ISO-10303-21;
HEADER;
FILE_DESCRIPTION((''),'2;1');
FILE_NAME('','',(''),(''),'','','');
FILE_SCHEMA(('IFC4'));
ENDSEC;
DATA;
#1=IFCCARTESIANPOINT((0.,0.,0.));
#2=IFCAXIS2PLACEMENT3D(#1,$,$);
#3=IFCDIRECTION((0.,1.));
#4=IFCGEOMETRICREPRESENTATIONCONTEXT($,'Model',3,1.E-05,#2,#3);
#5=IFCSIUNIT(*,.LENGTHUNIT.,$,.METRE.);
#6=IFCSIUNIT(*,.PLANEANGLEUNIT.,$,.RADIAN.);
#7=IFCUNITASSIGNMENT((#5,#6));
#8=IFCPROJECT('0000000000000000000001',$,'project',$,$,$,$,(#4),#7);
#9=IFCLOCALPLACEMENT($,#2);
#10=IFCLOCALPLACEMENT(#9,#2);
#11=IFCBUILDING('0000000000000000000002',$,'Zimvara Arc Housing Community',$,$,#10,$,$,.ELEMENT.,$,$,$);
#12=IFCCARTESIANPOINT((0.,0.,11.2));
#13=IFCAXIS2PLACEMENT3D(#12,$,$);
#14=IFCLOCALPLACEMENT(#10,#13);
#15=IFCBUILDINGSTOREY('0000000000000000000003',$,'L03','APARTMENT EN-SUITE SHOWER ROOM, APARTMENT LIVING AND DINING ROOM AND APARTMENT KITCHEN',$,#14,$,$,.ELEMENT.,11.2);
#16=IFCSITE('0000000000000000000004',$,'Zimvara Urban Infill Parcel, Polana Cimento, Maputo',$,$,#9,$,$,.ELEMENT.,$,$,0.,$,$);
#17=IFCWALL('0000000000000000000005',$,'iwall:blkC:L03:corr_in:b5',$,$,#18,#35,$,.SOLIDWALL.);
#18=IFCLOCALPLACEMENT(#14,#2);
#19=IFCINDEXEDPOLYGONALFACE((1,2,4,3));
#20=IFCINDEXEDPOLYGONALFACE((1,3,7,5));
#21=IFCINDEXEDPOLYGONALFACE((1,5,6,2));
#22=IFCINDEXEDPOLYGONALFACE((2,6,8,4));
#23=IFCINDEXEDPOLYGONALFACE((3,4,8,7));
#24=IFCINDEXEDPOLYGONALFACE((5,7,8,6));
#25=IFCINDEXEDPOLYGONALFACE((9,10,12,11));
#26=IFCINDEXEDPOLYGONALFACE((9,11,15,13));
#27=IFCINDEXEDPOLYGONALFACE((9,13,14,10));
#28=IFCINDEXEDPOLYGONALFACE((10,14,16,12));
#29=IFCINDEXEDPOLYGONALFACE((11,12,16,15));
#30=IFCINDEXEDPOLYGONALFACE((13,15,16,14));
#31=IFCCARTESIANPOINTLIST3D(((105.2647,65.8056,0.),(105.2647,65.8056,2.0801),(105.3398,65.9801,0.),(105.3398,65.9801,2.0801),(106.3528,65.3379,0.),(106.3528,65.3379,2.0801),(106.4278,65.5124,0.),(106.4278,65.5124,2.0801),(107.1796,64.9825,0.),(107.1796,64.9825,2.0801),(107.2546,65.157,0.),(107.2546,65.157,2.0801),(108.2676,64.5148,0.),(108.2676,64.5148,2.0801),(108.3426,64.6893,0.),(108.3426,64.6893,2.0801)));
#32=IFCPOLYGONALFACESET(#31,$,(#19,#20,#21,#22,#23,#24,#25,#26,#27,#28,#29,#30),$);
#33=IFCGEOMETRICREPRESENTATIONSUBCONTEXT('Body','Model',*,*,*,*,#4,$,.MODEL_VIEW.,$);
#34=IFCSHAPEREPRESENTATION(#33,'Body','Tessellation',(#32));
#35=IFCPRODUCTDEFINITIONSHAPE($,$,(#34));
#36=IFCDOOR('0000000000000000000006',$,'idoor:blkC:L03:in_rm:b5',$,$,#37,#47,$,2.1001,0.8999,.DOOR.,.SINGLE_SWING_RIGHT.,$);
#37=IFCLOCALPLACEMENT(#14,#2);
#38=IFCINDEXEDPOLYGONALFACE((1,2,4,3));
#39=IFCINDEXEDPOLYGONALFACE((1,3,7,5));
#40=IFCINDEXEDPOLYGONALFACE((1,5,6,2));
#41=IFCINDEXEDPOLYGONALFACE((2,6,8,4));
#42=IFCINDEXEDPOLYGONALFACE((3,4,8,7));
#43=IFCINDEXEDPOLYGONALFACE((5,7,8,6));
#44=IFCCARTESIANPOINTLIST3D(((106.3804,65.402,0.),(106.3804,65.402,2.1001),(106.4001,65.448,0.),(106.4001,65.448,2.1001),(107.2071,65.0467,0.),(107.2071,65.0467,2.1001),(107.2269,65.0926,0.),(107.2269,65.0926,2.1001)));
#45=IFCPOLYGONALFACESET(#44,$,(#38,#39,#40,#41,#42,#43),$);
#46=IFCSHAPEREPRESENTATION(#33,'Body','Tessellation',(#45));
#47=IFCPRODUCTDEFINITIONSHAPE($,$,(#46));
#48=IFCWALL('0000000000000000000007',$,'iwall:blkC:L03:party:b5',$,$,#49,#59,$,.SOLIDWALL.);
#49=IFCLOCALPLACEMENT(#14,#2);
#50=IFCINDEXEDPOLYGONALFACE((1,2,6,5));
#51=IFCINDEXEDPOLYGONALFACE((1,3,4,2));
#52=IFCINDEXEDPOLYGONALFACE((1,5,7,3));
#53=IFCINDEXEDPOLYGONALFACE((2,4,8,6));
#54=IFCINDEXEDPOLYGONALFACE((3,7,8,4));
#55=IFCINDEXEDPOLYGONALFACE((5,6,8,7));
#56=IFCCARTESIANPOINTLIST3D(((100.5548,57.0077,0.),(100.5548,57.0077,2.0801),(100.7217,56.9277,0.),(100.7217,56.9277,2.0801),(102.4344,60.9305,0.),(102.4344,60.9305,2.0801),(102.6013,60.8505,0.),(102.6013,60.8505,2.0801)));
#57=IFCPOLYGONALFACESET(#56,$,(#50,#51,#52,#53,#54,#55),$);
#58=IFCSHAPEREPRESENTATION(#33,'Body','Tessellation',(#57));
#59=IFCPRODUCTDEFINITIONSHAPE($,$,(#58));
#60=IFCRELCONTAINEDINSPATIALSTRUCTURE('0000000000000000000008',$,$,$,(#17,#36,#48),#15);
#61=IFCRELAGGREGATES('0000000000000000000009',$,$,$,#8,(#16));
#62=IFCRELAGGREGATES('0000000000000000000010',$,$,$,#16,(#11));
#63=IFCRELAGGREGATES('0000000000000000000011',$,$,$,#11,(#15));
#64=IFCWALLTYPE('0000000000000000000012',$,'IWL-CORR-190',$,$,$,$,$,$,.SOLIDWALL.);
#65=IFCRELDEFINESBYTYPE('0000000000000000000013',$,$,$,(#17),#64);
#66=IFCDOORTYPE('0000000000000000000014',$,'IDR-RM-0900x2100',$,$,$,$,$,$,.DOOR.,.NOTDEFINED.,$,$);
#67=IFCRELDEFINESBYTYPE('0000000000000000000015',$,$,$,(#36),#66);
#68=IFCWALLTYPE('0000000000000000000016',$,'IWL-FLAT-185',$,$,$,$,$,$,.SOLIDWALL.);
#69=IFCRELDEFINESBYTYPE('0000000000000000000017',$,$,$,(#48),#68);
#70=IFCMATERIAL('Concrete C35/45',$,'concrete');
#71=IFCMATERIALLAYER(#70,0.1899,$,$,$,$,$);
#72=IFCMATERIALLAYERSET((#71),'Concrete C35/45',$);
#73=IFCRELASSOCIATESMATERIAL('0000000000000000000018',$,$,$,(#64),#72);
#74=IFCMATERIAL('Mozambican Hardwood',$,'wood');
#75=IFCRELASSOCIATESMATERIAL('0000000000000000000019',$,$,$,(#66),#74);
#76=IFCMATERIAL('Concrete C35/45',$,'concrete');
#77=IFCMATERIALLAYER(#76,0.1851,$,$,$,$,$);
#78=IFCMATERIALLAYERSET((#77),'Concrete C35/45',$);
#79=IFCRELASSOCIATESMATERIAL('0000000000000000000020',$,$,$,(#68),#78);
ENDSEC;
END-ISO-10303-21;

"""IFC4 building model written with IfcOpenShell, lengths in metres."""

from ifc_helpers import new_model, si_unit, direction, frame, frame_2d, origin, place, context, subcontext, project, spatial, rectangle, extrude, material, layer, layer_set, type_object, element, fill, save


model = new_model("IFC4")

# Units and contexts
model_context = context("Model", 3, precision=1e-05, world=origin(), true_north=direction((0.0, 1.0)))
body_context = subcontext(model_context, "Body", "Model", "MODEL_VIEW")
ifc_project = project(units=[si_unit("LENGTHUNIT", "METRE"), si_unit("PLANEANGLEUNIT", "RADIAN")], contexts=[model_context])

# Site, building, storey
site_placement = place(None, origin())
site = spatial("IfcSite", under=ifc_project, at=site_placement, Name="Zimvara Urban Infill Parcel, Polana Cimento, Maputo", CompositionType="ELEMENT", RefElevation=0.0)
building_placement = place(site_placement, origin())
building = spatial("IfcBuilding", under=site, at=building_placement, Name="Zimvara Arc Housing Community", CompositionType="ELEMENT")
storey_placement = place(building_placement, frame((0.0, 0.0, 11.2)))
storey = spatial("IfcBuildingStorey", under=building, at=storey_placement, Name="L03", Description="APARTMENT EN-SUITE SHOWER ROOM, APARTMENT LIVING AND DINING ROOM AND APARTMENT KITCHEN", CompositionType="ELEMENT", Elevation=11.2)

# Shared definitions
ifc_material_1 = material(Name="Concrete C35/45", Category="concrete")
ifc_layer_1 = layer(ifc_material_1, 0.1899)
ifc_layer_set_1 = layer_set([ifc_layer_1], Name="Concrete C35/45")
wall_type_1 = type_object("IfcWallType", Name="IWL-CORR-190", PredefinedType="SOLIDWALL", material=ifc_layer_set_1)

# Wall, opening, door
wall_1_placement = place(storey_placement, frame((105.3022, 65.8928, 0.0), z_axis=(0.0, 0.0, 1.0), x_axis=(0.918723, -0.394902, 0.0)))
wall_1 = element("IfcWall", 1, at=wall_1_placement, inside=storey, type_object=wall_type_1, Name="iwall:blkC:L03:corr_in:b5", PredefinedType="SOLIDWALL", context=body_context, shape_type="SweptSolid", body=[
    extrude(rectangle(XDim=3.2686, YDim=0.1899, at=frame_2d((1.6343, 0.0))), origin(), (0.0, 0.0, 1.0), 2.0801),
])
opening_1_placement = place(wall_1_placement, frame((1.1843, 0.0, 0.0)))
opening_1 = element("IfcOpeningElement", 2, at=opening_1_placement, cuts=wall_1, PredefinedType="OPENING", context=body_context, shape_type="SweptSolid", body=[
    extrude(rectangle(XDim=0.8999, YDim=2.1001, at=frame_2d((0.45, 1.05))), frame((0.0, 0.105, 0.0), z_axis=(0.0, -1.0, 0.0), x_axis=(1.0, 0.0, 0.0)), (0.0, 0.0, 1.0), 0.21),
])
ifc_material_2 = material(Name="Mozambican Hardwood", Category="wood")
door_type_1 = type_object("IfcDoorType", Name="IDR-RM-0900x2100", OperationType="NOTDEFINED", PredefinedType="DOOR", material=ifc_material_2)
door_1_placement = place(opening_1_placement, origin())
door_1 = element("IfcDoor", 3, at=door_1_placement, inside=storey, type_object=door_type_1, Name="idoor:blkC:L03:in_rm:b5", OperationType="SINGLE_SWING_RIGHT", OverallHeight=2.1001, OverallWidth=0.8999, PredefinedType="DOOR", context=body_context, shape_type="SweptSolid", body=[
    extrude(rectangle(XDim=0.8999, YDim=2.1001, at=frame_2d((0.45, 1.05))), frame((0.0, 0.0249, 0.0), z_axis=(0.0, -1.0, 0.0), x_axis=(1.0, 0.0, 0.0)), (0.0, 0.0, 1.0), 0.05),
])
fill(opening_1, door_1)

# Wall
ifc_material_3 = material(Name="Concrete C35/45", Category="concrete")
ifc_layer_2 = layer(ifc_material_3, 0.1851)
ifc_layer_set_2 = layer_set([ifc_layer_2], Name="Concrete C35/45")
wall_type_2 = type_object("IfcWallType", Name="IWL-FLAT-185", PredefinedType="SOLIDWALL", material=ifc_layer_set_2)
wall_2_placement = place(storey_placement, frame((102.5178, 60.8904, 0.0), z_axis=(0.0, 0.0, 1.0), x_axis=(-0.432109, -0.901821, 0.0)))
element("IfcWall", 4, at=wall_2_placement, inside=storey, type_object=wall_type_2, Name="iwall:blkC:L03:party:b5", PredefinedType="SOLIDWALL", context=body_context, shape_type="SweptSolid", body=[
    extrude(rectangle(XDim=4.3499, YDim=0.1851, at=frame_2d((2.1748, 0.0))), origin(), (0.0, 0.0, 1.0), 2.0801),
])

save(model, "model.ifc")
